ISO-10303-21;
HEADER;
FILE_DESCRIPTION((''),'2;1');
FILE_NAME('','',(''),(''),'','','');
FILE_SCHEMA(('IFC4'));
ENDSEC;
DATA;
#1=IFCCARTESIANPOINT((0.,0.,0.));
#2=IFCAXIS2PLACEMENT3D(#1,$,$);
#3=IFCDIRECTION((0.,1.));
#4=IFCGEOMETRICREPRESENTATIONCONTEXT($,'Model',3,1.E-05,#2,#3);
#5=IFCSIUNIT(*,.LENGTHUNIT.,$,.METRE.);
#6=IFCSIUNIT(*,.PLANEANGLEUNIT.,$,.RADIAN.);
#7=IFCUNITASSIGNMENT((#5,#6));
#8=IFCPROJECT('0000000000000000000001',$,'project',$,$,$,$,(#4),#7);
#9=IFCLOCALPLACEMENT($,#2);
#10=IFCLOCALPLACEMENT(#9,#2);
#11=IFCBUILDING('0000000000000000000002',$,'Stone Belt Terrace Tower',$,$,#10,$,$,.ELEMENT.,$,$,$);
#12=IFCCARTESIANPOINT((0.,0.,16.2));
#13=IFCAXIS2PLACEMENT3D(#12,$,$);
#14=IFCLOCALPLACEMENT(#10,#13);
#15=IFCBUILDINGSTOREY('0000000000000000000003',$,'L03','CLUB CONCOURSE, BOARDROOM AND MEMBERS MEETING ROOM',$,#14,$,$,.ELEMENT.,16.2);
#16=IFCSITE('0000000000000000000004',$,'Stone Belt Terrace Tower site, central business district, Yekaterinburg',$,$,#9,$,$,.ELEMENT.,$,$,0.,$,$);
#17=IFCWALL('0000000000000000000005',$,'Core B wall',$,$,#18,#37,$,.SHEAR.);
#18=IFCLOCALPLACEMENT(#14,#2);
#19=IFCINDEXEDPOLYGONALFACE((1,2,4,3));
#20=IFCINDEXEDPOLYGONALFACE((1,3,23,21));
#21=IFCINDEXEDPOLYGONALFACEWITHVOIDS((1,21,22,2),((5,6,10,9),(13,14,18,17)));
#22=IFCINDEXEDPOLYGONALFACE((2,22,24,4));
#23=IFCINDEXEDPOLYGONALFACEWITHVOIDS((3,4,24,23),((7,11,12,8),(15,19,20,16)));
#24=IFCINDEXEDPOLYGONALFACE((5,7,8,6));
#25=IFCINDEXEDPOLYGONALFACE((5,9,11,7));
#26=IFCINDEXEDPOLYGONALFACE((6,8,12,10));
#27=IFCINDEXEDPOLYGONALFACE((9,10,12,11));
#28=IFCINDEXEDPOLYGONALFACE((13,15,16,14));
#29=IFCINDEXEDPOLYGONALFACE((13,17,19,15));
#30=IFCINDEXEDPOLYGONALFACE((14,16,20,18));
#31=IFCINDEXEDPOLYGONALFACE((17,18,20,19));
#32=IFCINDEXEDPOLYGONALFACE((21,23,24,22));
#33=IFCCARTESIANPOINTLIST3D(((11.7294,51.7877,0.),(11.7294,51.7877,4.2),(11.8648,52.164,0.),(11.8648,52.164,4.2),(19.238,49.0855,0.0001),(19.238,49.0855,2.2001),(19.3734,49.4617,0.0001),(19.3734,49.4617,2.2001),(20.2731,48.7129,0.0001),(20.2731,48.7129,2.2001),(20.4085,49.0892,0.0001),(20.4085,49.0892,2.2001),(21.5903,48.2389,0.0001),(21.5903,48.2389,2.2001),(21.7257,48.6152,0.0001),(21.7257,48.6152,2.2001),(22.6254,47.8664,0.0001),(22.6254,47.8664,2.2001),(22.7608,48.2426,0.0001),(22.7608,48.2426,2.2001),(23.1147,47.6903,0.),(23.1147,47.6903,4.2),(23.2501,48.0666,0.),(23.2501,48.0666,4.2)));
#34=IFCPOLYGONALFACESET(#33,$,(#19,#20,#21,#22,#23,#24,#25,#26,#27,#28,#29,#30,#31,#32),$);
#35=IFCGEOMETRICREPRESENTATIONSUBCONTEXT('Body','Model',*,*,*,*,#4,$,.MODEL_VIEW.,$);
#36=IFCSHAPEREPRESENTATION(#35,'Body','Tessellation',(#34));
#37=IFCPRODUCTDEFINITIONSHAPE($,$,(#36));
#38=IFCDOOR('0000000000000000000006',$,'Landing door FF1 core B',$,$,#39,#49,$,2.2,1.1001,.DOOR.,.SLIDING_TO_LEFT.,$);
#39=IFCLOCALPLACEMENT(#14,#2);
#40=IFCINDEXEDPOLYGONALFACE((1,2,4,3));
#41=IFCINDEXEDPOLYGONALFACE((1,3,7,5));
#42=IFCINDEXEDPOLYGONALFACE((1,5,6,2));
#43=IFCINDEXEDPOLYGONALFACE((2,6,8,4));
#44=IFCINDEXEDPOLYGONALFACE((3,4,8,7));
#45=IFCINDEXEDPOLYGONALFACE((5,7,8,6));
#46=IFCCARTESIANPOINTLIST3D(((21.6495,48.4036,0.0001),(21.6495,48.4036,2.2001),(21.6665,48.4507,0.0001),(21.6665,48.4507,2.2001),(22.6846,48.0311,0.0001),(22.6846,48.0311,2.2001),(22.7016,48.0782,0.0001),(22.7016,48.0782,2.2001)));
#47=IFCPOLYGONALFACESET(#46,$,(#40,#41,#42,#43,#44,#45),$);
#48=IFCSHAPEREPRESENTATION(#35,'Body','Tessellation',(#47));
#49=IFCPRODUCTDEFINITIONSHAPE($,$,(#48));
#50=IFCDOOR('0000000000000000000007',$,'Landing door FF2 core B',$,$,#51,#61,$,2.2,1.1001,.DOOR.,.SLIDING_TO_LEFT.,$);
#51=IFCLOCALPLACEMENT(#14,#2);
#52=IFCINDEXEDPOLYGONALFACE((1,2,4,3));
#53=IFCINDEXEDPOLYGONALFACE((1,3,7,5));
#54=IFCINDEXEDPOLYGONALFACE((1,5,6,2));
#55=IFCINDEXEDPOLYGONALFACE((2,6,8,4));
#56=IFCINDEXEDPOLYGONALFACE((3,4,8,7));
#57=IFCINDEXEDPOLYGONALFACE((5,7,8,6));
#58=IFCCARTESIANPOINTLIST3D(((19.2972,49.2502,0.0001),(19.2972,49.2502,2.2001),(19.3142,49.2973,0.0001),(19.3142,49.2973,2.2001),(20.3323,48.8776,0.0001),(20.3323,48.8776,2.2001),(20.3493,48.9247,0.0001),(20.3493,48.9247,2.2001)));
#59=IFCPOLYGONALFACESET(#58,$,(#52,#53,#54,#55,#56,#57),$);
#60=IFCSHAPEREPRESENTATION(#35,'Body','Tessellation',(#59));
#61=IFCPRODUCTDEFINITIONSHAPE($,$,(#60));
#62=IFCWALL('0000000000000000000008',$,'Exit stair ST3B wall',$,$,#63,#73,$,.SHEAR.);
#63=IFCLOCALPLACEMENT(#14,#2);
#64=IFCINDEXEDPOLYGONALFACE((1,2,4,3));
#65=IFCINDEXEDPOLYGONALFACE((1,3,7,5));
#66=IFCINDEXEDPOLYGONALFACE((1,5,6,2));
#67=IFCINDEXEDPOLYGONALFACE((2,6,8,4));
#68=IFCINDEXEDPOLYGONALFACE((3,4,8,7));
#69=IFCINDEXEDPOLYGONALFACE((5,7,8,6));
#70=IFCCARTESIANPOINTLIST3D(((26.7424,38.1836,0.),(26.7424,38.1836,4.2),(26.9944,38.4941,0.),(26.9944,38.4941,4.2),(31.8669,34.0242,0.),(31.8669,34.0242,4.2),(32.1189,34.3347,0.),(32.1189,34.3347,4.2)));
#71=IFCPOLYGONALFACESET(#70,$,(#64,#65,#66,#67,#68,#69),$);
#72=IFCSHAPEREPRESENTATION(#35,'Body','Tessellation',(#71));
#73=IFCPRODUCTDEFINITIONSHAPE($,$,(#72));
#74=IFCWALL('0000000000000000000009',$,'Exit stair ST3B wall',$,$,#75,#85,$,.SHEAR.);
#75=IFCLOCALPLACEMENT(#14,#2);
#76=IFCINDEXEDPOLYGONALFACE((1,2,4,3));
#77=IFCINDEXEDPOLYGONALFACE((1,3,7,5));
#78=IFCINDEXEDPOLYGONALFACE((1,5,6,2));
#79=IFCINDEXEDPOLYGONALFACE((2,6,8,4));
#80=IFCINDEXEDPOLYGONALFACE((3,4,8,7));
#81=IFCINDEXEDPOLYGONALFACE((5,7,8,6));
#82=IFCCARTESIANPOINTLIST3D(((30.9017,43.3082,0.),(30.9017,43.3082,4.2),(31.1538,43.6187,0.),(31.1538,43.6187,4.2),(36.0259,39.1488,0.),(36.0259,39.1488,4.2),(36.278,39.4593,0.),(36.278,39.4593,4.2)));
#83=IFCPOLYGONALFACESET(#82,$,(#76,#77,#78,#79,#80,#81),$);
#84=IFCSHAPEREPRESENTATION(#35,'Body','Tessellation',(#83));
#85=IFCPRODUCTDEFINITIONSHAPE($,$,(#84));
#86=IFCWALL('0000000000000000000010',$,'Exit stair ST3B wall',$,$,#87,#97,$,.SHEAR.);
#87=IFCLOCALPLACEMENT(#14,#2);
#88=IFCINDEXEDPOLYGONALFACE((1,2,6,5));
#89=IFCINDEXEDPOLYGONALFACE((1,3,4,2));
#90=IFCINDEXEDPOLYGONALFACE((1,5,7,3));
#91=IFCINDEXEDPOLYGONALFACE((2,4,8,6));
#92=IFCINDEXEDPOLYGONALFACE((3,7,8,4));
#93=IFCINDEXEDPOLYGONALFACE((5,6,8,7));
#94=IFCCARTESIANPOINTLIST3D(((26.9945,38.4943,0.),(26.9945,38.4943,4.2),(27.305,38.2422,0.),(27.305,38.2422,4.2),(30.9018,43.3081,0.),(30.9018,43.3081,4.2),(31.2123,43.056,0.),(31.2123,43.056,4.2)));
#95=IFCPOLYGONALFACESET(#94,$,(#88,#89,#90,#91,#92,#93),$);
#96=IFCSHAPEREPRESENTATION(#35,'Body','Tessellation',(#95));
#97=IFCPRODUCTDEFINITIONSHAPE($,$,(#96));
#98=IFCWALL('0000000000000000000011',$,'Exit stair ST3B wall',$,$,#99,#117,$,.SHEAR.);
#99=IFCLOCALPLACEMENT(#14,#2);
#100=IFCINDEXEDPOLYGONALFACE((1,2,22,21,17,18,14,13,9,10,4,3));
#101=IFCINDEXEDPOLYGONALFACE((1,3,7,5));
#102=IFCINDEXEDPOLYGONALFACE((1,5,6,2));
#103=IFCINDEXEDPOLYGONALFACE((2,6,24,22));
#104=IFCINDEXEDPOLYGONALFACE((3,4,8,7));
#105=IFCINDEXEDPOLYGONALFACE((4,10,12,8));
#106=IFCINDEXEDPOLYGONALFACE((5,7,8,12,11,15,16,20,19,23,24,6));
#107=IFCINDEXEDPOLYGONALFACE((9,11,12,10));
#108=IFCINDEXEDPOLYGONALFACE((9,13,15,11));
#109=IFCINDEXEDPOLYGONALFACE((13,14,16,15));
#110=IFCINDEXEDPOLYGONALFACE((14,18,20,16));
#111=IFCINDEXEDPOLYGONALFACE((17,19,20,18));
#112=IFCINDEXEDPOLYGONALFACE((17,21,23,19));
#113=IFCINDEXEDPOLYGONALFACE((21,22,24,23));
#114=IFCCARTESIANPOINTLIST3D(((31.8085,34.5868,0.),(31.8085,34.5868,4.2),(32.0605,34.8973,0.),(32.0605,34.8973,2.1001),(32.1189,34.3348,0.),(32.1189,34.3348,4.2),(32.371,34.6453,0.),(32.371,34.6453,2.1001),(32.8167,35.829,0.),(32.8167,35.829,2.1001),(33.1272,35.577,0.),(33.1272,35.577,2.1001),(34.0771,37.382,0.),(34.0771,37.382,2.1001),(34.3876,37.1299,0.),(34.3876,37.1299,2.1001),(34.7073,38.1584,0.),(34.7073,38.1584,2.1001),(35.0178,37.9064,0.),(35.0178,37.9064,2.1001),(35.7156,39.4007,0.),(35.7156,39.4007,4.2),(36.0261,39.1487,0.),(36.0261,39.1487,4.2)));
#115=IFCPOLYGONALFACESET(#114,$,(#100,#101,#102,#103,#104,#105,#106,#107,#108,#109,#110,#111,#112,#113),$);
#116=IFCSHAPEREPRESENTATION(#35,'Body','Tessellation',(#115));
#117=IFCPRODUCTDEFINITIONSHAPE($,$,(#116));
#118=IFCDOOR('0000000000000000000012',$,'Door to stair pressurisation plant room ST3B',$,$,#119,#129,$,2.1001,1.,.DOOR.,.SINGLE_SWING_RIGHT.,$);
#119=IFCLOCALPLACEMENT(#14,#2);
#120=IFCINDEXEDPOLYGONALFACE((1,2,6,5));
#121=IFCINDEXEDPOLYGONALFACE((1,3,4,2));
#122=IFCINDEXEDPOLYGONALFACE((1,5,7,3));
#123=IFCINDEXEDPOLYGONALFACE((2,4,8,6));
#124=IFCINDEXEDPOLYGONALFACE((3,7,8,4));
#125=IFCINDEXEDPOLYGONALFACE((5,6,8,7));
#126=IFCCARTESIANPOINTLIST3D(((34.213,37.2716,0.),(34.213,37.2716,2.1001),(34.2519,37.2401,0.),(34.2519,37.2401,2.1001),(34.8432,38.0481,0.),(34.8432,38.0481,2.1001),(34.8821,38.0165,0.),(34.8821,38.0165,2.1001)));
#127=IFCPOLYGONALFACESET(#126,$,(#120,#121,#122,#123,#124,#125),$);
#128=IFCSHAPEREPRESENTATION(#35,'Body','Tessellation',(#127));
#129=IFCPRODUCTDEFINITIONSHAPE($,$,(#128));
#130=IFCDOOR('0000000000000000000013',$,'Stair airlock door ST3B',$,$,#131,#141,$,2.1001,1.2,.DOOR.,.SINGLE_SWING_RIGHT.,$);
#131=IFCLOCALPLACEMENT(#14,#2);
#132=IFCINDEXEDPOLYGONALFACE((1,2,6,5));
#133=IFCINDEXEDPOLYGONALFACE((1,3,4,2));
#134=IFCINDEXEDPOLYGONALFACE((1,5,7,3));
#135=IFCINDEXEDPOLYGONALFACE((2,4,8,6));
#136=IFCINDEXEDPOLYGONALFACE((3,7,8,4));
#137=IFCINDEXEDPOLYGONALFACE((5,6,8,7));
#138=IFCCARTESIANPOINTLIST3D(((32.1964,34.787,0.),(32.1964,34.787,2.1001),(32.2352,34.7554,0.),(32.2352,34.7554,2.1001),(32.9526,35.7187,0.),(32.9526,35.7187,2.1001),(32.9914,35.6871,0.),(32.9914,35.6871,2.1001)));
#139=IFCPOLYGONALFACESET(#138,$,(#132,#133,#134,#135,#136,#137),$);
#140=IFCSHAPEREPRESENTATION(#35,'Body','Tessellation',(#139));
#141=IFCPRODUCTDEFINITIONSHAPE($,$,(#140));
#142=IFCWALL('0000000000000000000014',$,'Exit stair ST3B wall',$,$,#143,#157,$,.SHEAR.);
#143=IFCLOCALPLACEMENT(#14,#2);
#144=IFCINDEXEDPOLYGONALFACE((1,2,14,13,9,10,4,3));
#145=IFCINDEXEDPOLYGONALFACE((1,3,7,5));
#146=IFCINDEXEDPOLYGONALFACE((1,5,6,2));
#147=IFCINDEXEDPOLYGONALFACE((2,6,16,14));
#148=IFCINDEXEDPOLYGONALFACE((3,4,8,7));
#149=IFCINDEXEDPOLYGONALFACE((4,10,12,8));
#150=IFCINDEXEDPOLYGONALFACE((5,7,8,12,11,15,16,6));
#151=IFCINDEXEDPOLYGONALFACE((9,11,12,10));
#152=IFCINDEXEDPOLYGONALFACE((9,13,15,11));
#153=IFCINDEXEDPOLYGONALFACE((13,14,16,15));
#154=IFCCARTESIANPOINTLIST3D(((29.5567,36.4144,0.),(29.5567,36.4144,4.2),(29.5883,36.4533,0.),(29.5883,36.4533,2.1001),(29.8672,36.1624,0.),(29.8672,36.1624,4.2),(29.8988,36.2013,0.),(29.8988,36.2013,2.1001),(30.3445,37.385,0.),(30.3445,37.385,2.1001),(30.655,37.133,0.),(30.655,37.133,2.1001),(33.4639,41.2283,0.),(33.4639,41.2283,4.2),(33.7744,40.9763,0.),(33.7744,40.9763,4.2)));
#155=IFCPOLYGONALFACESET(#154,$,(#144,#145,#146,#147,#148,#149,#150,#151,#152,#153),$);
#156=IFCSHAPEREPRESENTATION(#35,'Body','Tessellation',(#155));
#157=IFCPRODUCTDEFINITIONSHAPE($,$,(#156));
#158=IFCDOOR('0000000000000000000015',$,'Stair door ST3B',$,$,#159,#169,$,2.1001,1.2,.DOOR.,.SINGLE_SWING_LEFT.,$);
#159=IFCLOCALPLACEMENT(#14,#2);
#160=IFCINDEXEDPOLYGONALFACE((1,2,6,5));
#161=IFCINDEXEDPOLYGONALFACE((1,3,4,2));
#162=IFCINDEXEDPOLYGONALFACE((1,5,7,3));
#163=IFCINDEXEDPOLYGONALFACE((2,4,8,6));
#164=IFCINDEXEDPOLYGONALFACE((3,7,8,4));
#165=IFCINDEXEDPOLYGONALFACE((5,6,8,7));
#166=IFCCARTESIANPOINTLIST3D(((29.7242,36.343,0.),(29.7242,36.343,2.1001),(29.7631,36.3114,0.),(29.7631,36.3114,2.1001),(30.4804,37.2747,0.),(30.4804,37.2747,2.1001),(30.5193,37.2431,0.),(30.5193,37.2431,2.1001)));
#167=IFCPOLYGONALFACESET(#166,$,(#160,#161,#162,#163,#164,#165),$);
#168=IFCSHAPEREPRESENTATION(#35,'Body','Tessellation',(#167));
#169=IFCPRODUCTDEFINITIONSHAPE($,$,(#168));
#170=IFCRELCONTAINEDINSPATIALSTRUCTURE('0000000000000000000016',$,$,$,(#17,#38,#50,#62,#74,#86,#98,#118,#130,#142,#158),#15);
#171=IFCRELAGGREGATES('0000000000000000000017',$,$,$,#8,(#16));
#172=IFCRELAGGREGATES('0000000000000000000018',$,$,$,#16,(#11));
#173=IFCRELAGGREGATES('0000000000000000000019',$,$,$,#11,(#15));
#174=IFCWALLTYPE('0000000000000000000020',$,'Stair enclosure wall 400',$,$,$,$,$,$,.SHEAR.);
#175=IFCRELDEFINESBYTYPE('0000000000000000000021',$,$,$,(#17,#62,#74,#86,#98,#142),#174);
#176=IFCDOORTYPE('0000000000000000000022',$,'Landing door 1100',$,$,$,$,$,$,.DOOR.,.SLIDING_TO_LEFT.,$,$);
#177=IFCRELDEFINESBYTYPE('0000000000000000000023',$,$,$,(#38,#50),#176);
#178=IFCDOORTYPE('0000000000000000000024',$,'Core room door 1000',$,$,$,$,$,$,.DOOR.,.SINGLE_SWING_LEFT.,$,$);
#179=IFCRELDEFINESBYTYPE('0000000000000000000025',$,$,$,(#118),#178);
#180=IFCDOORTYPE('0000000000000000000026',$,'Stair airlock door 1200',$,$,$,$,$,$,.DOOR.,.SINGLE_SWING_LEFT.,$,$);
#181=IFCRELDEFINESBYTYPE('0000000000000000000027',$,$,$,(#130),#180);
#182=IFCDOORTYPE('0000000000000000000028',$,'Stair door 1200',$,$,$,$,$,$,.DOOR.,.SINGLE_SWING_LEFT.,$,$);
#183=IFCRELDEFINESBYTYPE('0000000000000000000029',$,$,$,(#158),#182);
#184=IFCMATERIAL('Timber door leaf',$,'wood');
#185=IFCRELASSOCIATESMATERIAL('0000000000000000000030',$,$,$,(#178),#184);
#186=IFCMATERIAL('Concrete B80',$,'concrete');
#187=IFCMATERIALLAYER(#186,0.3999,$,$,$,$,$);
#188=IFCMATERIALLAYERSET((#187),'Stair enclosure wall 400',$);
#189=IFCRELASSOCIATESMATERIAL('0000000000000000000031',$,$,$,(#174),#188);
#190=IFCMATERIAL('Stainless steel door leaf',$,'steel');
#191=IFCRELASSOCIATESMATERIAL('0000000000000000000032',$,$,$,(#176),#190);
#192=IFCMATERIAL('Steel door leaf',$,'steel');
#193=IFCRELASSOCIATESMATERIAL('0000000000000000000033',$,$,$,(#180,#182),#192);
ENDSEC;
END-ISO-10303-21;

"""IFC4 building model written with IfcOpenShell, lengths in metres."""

from ifc_helpers import new_model, si_unit, direction, frame, frame_2d, origin, place, context, subcontext, project, spatial, rectangle, extrude, material, layer, layer_set, type_object, element, fill, save


model = new_model("IFC4")

# Units and contexts
model_context = context("Model", 3, precision=1e-05, world=origin(), true_north=direction((0.0, 1.0)))
body_context = subcontext(model_context, "Body", "Model", "MODEL_VIEW")
ifc_project = project(units=[si_unit("LENGTHUNIT", "METRE"), si_unit("PLANEANGLEUNIT", "RADIAN")], contexts=[model_context])

# Site, building, storey
site_placement = place(None, origin())
site = spatial("IfcSite", under=ifc_project, at=site_placement, Name="Stone Belt Terrace Tower site, central business district, Yekaterinburg", CompositionType="ELEMENT", RefElevation=0.0)
building_placement = place(site_placement, origin())
building = spatial("IfcBuilding", under=site, at=building_placement, Name="Stone Belt Terrace Tower", CompositionType="ELEMENT")
storey_placement = place(building_placement, frame((0.0, 0.0, 16.2)))
storey = spatial("IfcBuildingStorey", under=building, at=storey_placement, Name="L03", Description="CLUB CONCOURSE, BOARDROOM AND MEMBERS MEETING ROOM", CompositionType="ELEMENT", Elevation=16.2)

# Shared definitions
ifc_material_1 = material(Name="Concrete B80", Category="concrete")

# Shared definitions
ifc_material_2 = material(Name="Timber door leaf", Category="wood")
door_type_1 = type_object("IfcDoorType", Name="Core room door 1000", OperationType="SINGLE_SWING_LEFT", PredefinedType="DOOR", material=ifc_material_2)

# Wall, openings, doors
ifc_layer_1 = layer(ifc_material_1, 0.3999)
ifc_layer_set_1 = layer_set([ifc_layer_1], Name="Stair enclosure wall 400")
wall_type_1 = type_object("IfcWallType", Name="Stair enclosure wall 400", PredefinedType="SHEAR", material=ifc_layer_set_1)
wall_1_placement = place(storey_placement, frame((23.1824, 47.8784, 0.0), z_axis=(0.0, 0.0, 1.0), x_axis=(-0.940921, 0.338626, 0.0)))
wall_1 = element("IfcWall", 1, at=wall_1_placement, inside=storey, type_object=wall_type_1, Name="Core B wall", PredefinedType="SHEAR", context=body_context, shape_type="SweptSolid", body=[
    extrude(rectangle(XDim=12.1001, YDim=0.3999, at=frame_2d((6.05, 0.0))), origin(), (0.0, 0.0, 1.0), 4.2),
])
opening_1_placement = place(wall_1_placement, frame((0.52, 0.0, 0.0)))
opening_1 = element("IfcOpeningElement", 2, at=opening_1_placement, cuts=wall_1, PredefinedType="OPENING", context=body_context, shape_type="SweptSolid", body=[
    extrude(rectangle(XDim=1.1001, YDim=2.2, at=frame_2d((0.55, 1.1001))), frame((0.0, 0.21, 0.0), z_axis=(0.0, -1.0, 0.0), x_axis=(1.0, 0.0, 0.0)), (0.0, 0.0, 1.0), 0.4199),
])
opening_2_placement = place(wall_1_placement, frame((3.02, 0.0, 0.0)))
opening_2 = element("IfcOpeningElement", 3, at=opening_2_placement, cuts=wall_1, PredefinedType="OPENING", context=body_context, shape_type="SweptSolid", body=[
    extrude(rectangle(XDim=1.1001, YDim=2.2, at=frame_2d((0.55, 1.1001))), frame((0.0, 0.21, 0.0), z_axis=(0.0, -1.0, 0.0), x_axis=(1.0, 0.0, 0.0)), (0.0, 0.0, 1.0), 0.4199),
])
ifc_material_3 = material(Name="Stainless steel door leaf", Category="steel")
door_type_2 = type_object("IfcDoorType", Name="Landing door 1100", OperationType="SLIDING_TO_LEFT", PredefinedType="DOOR", material=ifc_material_3)
door_1_placement = place(opening_1_placement, origin())
door_1 = element("IfcDoor", 4, at=door_1_placement, inside=storey, type_object=door_type_2, Name="Landing door FF1 core B", OperationType="SLIDING_TO_LEFT", OverallHeight=2.2, OverallWidth=1.1001, PredefinedType="DOOR", context=body_context, shape_type="SweptSolid", body=[
    extrude(rectangle(XDim=1.1001, YDim=2.2, at=frame_2d((0.55, 1.1001))), frame((0.0, 0.0249, 0.0), z_axis=(0.0, -1.0, 0.0), x_axis=(1.0, 0.0, 0.0)), (0.0, 0.0, 1.0), 0.05),
])
fill(opening_1, door_1)
door_2_placement = place(opening_2_placement, origin())
door_2 = element("IfcDoor", 5, at=door_2_placement, inside=storey, type_object=door_type_2, Name="Landing door FF2 core B", OperationType="SLIDING_TO_LEFT", OverallHeight=2.2, OverallWidth=1.1001, PredefinedType="DOOR", context=body_context, shape_type="SweptSolid", body=[
    extrude(rectangle(XDim=1.1001, YDim=2.2, at=frame_2d((0.55, 1.1001))), frame((0.0, 0.0249, 0.0), z_axis=(0.0, -1.0, 0.0), x_axis=(1.0, 0.0, 0.0)), (0.0, 0.0, 1.0), 0.05),
])
fill(opening_2, door_2)

# Walls
wall_2_placement = place(storey_placement, frame((26.8684, 38.3389, 0.0), z_axis=(0.0, 0.0, 1.0), x_axis=(0.776428, -0.630205, 0.0)))
element("IfcWall", 6, at=wall_2_placement, inside=storey, type_object=wall_type_1, Name="Exit stair ST3B wall", PredefinedType="SHEAR", context=body_context, shape_type="SweptSolid", body=[
    extrude(rectangle(XDim=6.6001, YDim=0.3999, at=frame_2d((3.3, 0.0))), origin(), (0.0, 0.0, 1.0), 4.2),
])
wall_3_placement = place(storey_placement, frame((31.0278, 43.4634, 0.0), z_axis=(0.0, 0.0, 1.0), x_axis=(0.776414, -0.630224, 0.0)))
element("IfcWall", 7, at=wall_3_placement, inside=storey, type_object=wall_type_1, Name="Exit stair ST3B wall", PredefinedType="SHEAR", context=body_context, shape_type="SweptSolid", body=[
    extrude(rectangle(XDim=6.5999, YDim=0.3999, at=frame_2d((3.2998, 0.0))), origin(), (0.0, 0.0, 1.0), 4.2),
])
wall_4_placement = place(storey_placement, frame((27.1497, 38.3682, 0.0), z_axis=(0.0, 0.0, 1.0), x_axis=(0.630212, 0.776423, 0.0)))
element("IfcWall", 8, at=wall_4_placement, inside=storey, type_object=wall_type_1, Name="Exit stair ST3B wall", PredefinedType="SHEAR", context=body_context, shape_type="SweptSolid", body=[
    extrude(rectangle(XDim=6.2, YDim=0.3999, at=frame_2d((3.1001, 0.0))), origin(), (0.0, 0.0, 1.0), 4.2),
])

# Wall, openings, doors
wall_5_placement = place(storey_placement, frame((31.9636, 34.4607, 0.0), z_axis=(0.0, 0.0, 1.0), x_axis=(0.630192, 0.776439, 0.0)))
wall_5 = element("IfcWall", 9, at=wall_5_placement, inside=storey, type_object=wall_type_1, Name="Exit stair ST3B wall", PredefinedType="SHEAR", context=body_context, shape_type="SweptSolid", body=[
    extrude(rectangle(XDim=6.2, YDim=0.3999, at=frame_2d((3.1001, 0.0))), origin(), (0.0, 0.0, 1.0), 4.2),
])
opening_3_placement = place(wall_5_placement, frame((0.3999, 0.0, 0.0)))
opening_3 = element("IfcOpeningElement", 10, at=opening_3_placement, cuts=wall_5, PredefinedType="OPENING", context=body_context, shape_type="SweptSolid", body=[
    extrude(rectangle(XDim=1.2, YDim=2.1001, at=frame_2d((0.6001, 1.05))), frame((0.0, 0.21, 0.0), z_axis=(0.0, -1.0, 0.0), x_axis=(1.0, 0.0, 0.0)), (0.0, 0.0, 1.0), 0.4199),
])
opening_4_placement = place(wall_5_placement, frame((3.6001, 0.0, 0.0)))
opening_4 = element("IfcOpeningElement", 11, at=opening_4_placement, cuts=wall_5, PredefinedType="OPENING", context=body_context, shape_type="SweptSolid", body=[
    extrude(rectangle(XDim=1.0, YDim=2.1001, at=frame_2d((0.5, 1.05))), frame((0.0, 0.21, 0.0), z_axis=(0.0, -1.0, 0.0), x_axis=(1.0, 0.0, 0.0)), (0.0, 0.0, 1.0), 0.4199),
])
door_3_placement = place(opening_4_placement, origin())
door_3 = element("IfcDoor", 12, at=door_3_placement, inside=storey, type_object=door_type_1, Name="Door to stair pressurisation plant room ST3B", OperationType="SINGLE_SWING_RIGHT", OverallHeight=2.1001, OverallWidth=1.0, PredefinedType="DOOR", context=body_context, shape_type="SweptSolid", body=[
    extrude(rectangle(XDim=1.0, YDim=2.1001, at=frame_2d((0.5, 1.05))), frame((0.0, 0.0249, 0.0), z_axis=(0.0, -1.0, 0.0), x_axis=(1.0, 0.0, 0.0)), (0.0, 0.0, 1.0), 0.05),
])
fill(opening_4, door_3)
ifc_material_4 = material(Name="Steel door leaf", Category="steel")
door_type_3 = type_object("IfcDoorType", Name="Stair airlock door 1200", OperationType="SINGLE_SWING_LEFT", PredefinedType="DOOR", material=ifc_material_4)
door_4_placement = place(opening_3_placement, origin())
door_4 = element("IfcDoor", 13, at=door_4_placement, inside=storey, type_object=door_type_3, Name="Stair airlock door ST3B", OperationType="SINGLE_SWING_RIGHT", OverallHeight=2.1001, OverallWidth=1.2, PredefinedType="DOOR", context=body_context, shape_type="SweptSolid", body=[
    extrude(rectangle(XDim=1.2, YDim=2.1001, at=frame_2d((0.6001, 1.05))), frame((0.0, 0.0249, 0.0), z_axis=(0.0, -1.0, 0.0), x_axis=(1.0, 0.0, 0.0)), (0.0, 0.0, 1.0), 0.05),
])
fill(opening_3, door_4)

# Wall, opening, door
wall_6_placement = place(storey_placement, frame((29.7119, 36.2883, 0.0), z_axis=(0.0, 0.0, 1.0), x_axis=(0.630192, 0.776439, 0.0)))
wall_6 = element("IfcWall", 14, at=wall_6_placement, inside=storey, type_object=wall_type_1, Name="Exit stair ST3B wall", PredefinedType="SHEAR", context=body_context, shape_type="SweptSolid", body=[
    extrude(rectangle(XDim=6.2, YDim=0.3999, at=frame_2d((3.1001, 0.0))), origin(), (0.0, 0.0, 1.0), 4.2),
])
opening_5_placement = place(wall_6_placement, frame((0.05, 0.0, 0.0)))
opening_5 = element("IfcOpeningElement", 15, at=opening_5_placement, cuts=wall_6, PredefinedType="OPENING", context=body_context, shape_type="SweptSolid", body=[
    extrude(rectangle(XDim=1.2, YDim=2.1001, at=frame_2d((0.6001, 1.05))), frame((0.0, 0.21, 0.0), z_axis=(0.0, -1.0, 0.0), x_axis=(1.0, 0.0, 0.0)), (0.0, 0.0, 1.0), 0.4199),
])
door_type_4 = type_object("IfcDoorType", Name="Stair door 1200", OperationType="SINGLE_SWING_LEFT", PredefinedType="DOOR", material=ifc_material_4)
door_5_placement = place(opening_5_placement, origin())
door_5 = element("IfcDoor", 16, at=door_5_placement, inside=storey, type_object=door_type_4, Name="Stair door ST3B", OperationType="SINGLE_SWING_LEFT", OverallHeight=2.1001, OverallWidth=1.2, PredefinedType="DOOR", context=body_context, shape_type="SweptSolid", body=[
    extrude(rectangle(XDim=1.2, YDim=2.1001, at=frame_2d((0.6001, 1.05))), frame((0.0, 0.0249, 0.0), z_axis=(0.0, -1.0, 0.0), x_axis=(1.0, 0.0, 0.0)), (0.0, 0.0, 1.0), 0.05),
])
fill(opening_5, door_5)

save(model, "model.ifc")
